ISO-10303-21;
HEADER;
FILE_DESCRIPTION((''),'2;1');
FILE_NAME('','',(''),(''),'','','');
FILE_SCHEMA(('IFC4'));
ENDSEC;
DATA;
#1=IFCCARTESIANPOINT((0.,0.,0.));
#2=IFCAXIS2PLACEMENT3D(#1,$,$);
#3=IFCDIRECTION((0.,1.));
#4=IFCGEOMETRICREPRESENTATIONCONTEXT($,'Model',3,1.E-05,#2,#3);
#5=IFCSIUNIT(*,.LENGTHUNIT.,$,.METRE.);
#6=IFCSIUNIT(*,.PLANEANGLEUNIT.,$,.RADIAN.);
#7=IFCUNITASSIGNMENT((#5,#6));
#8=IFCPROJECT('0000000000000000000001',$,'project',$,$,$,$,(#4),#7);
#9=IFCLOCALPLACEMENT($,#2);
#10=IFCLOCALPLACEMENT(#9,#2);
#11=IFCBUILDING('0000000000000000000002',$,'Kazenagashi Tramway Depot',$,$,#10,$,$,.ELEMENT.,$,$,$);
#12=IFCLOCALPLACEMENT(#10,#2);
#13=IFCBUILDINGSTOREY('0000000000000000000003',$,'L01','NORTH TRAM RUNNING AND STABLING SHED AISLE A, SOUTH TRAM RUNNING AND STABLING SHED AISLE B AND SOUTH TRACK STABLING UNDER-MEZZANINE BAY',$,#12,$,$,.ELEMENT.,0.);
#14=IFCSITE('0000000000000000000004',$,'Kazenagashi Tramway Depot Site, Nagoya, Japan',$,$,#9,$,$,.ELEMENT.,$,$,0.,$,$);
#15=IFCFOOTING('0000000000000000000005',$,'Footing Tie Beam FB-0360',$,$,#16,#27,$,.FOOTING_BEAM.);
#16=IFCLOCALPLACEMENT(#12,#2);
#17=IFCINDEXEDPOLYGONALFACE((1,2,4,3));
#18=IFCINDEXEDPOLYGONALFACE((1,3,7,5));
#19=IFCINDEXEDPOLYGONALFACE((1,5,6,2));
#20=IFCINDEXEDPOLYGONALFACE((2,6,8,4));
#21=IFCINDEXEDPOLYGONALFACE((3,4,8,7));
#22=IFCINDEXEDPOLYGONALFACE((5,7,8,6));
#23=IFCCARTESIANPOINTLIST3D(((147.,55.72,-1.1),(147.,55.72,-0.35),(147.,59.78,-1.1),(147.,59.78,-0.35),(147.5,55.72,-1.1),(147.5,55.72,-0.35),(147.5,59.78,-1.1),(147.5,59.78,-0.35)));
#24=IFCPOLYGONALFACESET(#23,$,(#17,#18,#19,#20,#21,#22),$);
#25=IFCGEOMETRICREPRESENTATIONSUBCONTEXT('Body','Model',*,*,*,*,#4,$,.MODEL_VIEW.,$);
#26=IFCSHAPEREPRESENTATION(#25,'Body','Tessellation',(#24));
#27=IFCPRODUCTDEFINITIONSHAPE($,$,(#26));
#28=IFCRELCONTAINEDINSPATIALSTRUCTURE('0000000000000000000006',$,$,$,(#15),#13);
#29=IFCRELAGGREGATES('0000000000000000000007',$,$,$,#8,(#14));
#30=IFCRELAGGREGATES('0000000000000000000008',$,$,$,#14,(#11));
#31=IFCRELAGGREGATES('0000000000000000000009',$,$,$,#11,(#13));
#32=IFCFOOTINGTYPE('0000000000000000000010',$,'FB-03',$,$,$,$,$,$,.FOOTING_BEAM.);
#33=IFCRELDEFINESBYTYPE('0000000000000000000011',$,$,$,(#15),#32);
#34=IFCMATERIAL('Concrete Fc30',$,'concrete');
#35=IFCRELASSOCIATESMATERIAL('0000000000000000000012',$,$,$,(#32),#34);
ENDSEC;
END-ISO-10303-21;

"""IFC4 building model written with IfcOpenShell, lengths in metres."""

from ifc_helpers import new_model, si_unit, direction, frame, origin, place, context, subcontext, project, spatial, polyline, outline, extrude, material, type_object, element, save


model = new_model("IFC4")

# Units and contexts
model_context = context("Model", 3, precision=1e-05, world=origin(), true_north=direction((0.0, 1.0)))
body_context = subcontext(model_context, "Body", "Model", "MODEL_VIEW")
ifc_project = project(units=[si_unit("LENGTHUNIT", "METRE"), si_unit("PLANEANGLEUNIT", "RADIAN")], contexts=[model_context])

# Site, building, storey
site_placement = place(None, origin())
site = spatial("IfcSite", under=ifc_project, at=site_placement, Name="Kazenagashi Tramway Depot Site, Nagoya, Japan", CompositionType="ELEMENT", RefElevation=0.0)
building_placement = place(site_placement, origin())
building = spatial("IfcBuilding", under=site, at=building_placement, Name="Kazenagashi Tramway Depot", CompositionType="ELEMENT")
storey_placement = place(building_placement, origin())
storey = spatial("IfcBuildingStorey", under=building, at=storey_placement, Name="L01", Description="NORTH TRAM RUNNING AND STABLING SHED AISLE A, SOUTH TRAM RUNNING AND STABLING SHED AISLE B AND SOUTH TRACK STABLING UNDER-MEZZANINE BAY", CompositionType="ELEMENT", Elevation=0.0)

# Footing
ifc_material = material(Name="Concrete Fc30", Category="concrete")
footing_type = type_object("IfcFootingType", Name="FB-03", PredefinedType="FOOTING_BEAM", material=ifc_material)
footing_1_placement = place(storey_placement, frame((0.0, 0.0, -1.1)))
element("IfcFooting", 1, at=footing_1_placement, inside=storey, type_object=footing_type, Name="Footing Tie Beam FB-0360", PredefinedType="FOOTING_BEAM", context=body_context, shape_type="SweptSolid", body=[
    extrude(outline(polyline([(147.0, 55.72), (147.5, 55.72), (147.5, 59.78), (147.0, 59.78), (147.0, 55.72)])), origin(), (0.0, 0.0, 1.0), 0.75),
])

save(model, "model.ifc")
